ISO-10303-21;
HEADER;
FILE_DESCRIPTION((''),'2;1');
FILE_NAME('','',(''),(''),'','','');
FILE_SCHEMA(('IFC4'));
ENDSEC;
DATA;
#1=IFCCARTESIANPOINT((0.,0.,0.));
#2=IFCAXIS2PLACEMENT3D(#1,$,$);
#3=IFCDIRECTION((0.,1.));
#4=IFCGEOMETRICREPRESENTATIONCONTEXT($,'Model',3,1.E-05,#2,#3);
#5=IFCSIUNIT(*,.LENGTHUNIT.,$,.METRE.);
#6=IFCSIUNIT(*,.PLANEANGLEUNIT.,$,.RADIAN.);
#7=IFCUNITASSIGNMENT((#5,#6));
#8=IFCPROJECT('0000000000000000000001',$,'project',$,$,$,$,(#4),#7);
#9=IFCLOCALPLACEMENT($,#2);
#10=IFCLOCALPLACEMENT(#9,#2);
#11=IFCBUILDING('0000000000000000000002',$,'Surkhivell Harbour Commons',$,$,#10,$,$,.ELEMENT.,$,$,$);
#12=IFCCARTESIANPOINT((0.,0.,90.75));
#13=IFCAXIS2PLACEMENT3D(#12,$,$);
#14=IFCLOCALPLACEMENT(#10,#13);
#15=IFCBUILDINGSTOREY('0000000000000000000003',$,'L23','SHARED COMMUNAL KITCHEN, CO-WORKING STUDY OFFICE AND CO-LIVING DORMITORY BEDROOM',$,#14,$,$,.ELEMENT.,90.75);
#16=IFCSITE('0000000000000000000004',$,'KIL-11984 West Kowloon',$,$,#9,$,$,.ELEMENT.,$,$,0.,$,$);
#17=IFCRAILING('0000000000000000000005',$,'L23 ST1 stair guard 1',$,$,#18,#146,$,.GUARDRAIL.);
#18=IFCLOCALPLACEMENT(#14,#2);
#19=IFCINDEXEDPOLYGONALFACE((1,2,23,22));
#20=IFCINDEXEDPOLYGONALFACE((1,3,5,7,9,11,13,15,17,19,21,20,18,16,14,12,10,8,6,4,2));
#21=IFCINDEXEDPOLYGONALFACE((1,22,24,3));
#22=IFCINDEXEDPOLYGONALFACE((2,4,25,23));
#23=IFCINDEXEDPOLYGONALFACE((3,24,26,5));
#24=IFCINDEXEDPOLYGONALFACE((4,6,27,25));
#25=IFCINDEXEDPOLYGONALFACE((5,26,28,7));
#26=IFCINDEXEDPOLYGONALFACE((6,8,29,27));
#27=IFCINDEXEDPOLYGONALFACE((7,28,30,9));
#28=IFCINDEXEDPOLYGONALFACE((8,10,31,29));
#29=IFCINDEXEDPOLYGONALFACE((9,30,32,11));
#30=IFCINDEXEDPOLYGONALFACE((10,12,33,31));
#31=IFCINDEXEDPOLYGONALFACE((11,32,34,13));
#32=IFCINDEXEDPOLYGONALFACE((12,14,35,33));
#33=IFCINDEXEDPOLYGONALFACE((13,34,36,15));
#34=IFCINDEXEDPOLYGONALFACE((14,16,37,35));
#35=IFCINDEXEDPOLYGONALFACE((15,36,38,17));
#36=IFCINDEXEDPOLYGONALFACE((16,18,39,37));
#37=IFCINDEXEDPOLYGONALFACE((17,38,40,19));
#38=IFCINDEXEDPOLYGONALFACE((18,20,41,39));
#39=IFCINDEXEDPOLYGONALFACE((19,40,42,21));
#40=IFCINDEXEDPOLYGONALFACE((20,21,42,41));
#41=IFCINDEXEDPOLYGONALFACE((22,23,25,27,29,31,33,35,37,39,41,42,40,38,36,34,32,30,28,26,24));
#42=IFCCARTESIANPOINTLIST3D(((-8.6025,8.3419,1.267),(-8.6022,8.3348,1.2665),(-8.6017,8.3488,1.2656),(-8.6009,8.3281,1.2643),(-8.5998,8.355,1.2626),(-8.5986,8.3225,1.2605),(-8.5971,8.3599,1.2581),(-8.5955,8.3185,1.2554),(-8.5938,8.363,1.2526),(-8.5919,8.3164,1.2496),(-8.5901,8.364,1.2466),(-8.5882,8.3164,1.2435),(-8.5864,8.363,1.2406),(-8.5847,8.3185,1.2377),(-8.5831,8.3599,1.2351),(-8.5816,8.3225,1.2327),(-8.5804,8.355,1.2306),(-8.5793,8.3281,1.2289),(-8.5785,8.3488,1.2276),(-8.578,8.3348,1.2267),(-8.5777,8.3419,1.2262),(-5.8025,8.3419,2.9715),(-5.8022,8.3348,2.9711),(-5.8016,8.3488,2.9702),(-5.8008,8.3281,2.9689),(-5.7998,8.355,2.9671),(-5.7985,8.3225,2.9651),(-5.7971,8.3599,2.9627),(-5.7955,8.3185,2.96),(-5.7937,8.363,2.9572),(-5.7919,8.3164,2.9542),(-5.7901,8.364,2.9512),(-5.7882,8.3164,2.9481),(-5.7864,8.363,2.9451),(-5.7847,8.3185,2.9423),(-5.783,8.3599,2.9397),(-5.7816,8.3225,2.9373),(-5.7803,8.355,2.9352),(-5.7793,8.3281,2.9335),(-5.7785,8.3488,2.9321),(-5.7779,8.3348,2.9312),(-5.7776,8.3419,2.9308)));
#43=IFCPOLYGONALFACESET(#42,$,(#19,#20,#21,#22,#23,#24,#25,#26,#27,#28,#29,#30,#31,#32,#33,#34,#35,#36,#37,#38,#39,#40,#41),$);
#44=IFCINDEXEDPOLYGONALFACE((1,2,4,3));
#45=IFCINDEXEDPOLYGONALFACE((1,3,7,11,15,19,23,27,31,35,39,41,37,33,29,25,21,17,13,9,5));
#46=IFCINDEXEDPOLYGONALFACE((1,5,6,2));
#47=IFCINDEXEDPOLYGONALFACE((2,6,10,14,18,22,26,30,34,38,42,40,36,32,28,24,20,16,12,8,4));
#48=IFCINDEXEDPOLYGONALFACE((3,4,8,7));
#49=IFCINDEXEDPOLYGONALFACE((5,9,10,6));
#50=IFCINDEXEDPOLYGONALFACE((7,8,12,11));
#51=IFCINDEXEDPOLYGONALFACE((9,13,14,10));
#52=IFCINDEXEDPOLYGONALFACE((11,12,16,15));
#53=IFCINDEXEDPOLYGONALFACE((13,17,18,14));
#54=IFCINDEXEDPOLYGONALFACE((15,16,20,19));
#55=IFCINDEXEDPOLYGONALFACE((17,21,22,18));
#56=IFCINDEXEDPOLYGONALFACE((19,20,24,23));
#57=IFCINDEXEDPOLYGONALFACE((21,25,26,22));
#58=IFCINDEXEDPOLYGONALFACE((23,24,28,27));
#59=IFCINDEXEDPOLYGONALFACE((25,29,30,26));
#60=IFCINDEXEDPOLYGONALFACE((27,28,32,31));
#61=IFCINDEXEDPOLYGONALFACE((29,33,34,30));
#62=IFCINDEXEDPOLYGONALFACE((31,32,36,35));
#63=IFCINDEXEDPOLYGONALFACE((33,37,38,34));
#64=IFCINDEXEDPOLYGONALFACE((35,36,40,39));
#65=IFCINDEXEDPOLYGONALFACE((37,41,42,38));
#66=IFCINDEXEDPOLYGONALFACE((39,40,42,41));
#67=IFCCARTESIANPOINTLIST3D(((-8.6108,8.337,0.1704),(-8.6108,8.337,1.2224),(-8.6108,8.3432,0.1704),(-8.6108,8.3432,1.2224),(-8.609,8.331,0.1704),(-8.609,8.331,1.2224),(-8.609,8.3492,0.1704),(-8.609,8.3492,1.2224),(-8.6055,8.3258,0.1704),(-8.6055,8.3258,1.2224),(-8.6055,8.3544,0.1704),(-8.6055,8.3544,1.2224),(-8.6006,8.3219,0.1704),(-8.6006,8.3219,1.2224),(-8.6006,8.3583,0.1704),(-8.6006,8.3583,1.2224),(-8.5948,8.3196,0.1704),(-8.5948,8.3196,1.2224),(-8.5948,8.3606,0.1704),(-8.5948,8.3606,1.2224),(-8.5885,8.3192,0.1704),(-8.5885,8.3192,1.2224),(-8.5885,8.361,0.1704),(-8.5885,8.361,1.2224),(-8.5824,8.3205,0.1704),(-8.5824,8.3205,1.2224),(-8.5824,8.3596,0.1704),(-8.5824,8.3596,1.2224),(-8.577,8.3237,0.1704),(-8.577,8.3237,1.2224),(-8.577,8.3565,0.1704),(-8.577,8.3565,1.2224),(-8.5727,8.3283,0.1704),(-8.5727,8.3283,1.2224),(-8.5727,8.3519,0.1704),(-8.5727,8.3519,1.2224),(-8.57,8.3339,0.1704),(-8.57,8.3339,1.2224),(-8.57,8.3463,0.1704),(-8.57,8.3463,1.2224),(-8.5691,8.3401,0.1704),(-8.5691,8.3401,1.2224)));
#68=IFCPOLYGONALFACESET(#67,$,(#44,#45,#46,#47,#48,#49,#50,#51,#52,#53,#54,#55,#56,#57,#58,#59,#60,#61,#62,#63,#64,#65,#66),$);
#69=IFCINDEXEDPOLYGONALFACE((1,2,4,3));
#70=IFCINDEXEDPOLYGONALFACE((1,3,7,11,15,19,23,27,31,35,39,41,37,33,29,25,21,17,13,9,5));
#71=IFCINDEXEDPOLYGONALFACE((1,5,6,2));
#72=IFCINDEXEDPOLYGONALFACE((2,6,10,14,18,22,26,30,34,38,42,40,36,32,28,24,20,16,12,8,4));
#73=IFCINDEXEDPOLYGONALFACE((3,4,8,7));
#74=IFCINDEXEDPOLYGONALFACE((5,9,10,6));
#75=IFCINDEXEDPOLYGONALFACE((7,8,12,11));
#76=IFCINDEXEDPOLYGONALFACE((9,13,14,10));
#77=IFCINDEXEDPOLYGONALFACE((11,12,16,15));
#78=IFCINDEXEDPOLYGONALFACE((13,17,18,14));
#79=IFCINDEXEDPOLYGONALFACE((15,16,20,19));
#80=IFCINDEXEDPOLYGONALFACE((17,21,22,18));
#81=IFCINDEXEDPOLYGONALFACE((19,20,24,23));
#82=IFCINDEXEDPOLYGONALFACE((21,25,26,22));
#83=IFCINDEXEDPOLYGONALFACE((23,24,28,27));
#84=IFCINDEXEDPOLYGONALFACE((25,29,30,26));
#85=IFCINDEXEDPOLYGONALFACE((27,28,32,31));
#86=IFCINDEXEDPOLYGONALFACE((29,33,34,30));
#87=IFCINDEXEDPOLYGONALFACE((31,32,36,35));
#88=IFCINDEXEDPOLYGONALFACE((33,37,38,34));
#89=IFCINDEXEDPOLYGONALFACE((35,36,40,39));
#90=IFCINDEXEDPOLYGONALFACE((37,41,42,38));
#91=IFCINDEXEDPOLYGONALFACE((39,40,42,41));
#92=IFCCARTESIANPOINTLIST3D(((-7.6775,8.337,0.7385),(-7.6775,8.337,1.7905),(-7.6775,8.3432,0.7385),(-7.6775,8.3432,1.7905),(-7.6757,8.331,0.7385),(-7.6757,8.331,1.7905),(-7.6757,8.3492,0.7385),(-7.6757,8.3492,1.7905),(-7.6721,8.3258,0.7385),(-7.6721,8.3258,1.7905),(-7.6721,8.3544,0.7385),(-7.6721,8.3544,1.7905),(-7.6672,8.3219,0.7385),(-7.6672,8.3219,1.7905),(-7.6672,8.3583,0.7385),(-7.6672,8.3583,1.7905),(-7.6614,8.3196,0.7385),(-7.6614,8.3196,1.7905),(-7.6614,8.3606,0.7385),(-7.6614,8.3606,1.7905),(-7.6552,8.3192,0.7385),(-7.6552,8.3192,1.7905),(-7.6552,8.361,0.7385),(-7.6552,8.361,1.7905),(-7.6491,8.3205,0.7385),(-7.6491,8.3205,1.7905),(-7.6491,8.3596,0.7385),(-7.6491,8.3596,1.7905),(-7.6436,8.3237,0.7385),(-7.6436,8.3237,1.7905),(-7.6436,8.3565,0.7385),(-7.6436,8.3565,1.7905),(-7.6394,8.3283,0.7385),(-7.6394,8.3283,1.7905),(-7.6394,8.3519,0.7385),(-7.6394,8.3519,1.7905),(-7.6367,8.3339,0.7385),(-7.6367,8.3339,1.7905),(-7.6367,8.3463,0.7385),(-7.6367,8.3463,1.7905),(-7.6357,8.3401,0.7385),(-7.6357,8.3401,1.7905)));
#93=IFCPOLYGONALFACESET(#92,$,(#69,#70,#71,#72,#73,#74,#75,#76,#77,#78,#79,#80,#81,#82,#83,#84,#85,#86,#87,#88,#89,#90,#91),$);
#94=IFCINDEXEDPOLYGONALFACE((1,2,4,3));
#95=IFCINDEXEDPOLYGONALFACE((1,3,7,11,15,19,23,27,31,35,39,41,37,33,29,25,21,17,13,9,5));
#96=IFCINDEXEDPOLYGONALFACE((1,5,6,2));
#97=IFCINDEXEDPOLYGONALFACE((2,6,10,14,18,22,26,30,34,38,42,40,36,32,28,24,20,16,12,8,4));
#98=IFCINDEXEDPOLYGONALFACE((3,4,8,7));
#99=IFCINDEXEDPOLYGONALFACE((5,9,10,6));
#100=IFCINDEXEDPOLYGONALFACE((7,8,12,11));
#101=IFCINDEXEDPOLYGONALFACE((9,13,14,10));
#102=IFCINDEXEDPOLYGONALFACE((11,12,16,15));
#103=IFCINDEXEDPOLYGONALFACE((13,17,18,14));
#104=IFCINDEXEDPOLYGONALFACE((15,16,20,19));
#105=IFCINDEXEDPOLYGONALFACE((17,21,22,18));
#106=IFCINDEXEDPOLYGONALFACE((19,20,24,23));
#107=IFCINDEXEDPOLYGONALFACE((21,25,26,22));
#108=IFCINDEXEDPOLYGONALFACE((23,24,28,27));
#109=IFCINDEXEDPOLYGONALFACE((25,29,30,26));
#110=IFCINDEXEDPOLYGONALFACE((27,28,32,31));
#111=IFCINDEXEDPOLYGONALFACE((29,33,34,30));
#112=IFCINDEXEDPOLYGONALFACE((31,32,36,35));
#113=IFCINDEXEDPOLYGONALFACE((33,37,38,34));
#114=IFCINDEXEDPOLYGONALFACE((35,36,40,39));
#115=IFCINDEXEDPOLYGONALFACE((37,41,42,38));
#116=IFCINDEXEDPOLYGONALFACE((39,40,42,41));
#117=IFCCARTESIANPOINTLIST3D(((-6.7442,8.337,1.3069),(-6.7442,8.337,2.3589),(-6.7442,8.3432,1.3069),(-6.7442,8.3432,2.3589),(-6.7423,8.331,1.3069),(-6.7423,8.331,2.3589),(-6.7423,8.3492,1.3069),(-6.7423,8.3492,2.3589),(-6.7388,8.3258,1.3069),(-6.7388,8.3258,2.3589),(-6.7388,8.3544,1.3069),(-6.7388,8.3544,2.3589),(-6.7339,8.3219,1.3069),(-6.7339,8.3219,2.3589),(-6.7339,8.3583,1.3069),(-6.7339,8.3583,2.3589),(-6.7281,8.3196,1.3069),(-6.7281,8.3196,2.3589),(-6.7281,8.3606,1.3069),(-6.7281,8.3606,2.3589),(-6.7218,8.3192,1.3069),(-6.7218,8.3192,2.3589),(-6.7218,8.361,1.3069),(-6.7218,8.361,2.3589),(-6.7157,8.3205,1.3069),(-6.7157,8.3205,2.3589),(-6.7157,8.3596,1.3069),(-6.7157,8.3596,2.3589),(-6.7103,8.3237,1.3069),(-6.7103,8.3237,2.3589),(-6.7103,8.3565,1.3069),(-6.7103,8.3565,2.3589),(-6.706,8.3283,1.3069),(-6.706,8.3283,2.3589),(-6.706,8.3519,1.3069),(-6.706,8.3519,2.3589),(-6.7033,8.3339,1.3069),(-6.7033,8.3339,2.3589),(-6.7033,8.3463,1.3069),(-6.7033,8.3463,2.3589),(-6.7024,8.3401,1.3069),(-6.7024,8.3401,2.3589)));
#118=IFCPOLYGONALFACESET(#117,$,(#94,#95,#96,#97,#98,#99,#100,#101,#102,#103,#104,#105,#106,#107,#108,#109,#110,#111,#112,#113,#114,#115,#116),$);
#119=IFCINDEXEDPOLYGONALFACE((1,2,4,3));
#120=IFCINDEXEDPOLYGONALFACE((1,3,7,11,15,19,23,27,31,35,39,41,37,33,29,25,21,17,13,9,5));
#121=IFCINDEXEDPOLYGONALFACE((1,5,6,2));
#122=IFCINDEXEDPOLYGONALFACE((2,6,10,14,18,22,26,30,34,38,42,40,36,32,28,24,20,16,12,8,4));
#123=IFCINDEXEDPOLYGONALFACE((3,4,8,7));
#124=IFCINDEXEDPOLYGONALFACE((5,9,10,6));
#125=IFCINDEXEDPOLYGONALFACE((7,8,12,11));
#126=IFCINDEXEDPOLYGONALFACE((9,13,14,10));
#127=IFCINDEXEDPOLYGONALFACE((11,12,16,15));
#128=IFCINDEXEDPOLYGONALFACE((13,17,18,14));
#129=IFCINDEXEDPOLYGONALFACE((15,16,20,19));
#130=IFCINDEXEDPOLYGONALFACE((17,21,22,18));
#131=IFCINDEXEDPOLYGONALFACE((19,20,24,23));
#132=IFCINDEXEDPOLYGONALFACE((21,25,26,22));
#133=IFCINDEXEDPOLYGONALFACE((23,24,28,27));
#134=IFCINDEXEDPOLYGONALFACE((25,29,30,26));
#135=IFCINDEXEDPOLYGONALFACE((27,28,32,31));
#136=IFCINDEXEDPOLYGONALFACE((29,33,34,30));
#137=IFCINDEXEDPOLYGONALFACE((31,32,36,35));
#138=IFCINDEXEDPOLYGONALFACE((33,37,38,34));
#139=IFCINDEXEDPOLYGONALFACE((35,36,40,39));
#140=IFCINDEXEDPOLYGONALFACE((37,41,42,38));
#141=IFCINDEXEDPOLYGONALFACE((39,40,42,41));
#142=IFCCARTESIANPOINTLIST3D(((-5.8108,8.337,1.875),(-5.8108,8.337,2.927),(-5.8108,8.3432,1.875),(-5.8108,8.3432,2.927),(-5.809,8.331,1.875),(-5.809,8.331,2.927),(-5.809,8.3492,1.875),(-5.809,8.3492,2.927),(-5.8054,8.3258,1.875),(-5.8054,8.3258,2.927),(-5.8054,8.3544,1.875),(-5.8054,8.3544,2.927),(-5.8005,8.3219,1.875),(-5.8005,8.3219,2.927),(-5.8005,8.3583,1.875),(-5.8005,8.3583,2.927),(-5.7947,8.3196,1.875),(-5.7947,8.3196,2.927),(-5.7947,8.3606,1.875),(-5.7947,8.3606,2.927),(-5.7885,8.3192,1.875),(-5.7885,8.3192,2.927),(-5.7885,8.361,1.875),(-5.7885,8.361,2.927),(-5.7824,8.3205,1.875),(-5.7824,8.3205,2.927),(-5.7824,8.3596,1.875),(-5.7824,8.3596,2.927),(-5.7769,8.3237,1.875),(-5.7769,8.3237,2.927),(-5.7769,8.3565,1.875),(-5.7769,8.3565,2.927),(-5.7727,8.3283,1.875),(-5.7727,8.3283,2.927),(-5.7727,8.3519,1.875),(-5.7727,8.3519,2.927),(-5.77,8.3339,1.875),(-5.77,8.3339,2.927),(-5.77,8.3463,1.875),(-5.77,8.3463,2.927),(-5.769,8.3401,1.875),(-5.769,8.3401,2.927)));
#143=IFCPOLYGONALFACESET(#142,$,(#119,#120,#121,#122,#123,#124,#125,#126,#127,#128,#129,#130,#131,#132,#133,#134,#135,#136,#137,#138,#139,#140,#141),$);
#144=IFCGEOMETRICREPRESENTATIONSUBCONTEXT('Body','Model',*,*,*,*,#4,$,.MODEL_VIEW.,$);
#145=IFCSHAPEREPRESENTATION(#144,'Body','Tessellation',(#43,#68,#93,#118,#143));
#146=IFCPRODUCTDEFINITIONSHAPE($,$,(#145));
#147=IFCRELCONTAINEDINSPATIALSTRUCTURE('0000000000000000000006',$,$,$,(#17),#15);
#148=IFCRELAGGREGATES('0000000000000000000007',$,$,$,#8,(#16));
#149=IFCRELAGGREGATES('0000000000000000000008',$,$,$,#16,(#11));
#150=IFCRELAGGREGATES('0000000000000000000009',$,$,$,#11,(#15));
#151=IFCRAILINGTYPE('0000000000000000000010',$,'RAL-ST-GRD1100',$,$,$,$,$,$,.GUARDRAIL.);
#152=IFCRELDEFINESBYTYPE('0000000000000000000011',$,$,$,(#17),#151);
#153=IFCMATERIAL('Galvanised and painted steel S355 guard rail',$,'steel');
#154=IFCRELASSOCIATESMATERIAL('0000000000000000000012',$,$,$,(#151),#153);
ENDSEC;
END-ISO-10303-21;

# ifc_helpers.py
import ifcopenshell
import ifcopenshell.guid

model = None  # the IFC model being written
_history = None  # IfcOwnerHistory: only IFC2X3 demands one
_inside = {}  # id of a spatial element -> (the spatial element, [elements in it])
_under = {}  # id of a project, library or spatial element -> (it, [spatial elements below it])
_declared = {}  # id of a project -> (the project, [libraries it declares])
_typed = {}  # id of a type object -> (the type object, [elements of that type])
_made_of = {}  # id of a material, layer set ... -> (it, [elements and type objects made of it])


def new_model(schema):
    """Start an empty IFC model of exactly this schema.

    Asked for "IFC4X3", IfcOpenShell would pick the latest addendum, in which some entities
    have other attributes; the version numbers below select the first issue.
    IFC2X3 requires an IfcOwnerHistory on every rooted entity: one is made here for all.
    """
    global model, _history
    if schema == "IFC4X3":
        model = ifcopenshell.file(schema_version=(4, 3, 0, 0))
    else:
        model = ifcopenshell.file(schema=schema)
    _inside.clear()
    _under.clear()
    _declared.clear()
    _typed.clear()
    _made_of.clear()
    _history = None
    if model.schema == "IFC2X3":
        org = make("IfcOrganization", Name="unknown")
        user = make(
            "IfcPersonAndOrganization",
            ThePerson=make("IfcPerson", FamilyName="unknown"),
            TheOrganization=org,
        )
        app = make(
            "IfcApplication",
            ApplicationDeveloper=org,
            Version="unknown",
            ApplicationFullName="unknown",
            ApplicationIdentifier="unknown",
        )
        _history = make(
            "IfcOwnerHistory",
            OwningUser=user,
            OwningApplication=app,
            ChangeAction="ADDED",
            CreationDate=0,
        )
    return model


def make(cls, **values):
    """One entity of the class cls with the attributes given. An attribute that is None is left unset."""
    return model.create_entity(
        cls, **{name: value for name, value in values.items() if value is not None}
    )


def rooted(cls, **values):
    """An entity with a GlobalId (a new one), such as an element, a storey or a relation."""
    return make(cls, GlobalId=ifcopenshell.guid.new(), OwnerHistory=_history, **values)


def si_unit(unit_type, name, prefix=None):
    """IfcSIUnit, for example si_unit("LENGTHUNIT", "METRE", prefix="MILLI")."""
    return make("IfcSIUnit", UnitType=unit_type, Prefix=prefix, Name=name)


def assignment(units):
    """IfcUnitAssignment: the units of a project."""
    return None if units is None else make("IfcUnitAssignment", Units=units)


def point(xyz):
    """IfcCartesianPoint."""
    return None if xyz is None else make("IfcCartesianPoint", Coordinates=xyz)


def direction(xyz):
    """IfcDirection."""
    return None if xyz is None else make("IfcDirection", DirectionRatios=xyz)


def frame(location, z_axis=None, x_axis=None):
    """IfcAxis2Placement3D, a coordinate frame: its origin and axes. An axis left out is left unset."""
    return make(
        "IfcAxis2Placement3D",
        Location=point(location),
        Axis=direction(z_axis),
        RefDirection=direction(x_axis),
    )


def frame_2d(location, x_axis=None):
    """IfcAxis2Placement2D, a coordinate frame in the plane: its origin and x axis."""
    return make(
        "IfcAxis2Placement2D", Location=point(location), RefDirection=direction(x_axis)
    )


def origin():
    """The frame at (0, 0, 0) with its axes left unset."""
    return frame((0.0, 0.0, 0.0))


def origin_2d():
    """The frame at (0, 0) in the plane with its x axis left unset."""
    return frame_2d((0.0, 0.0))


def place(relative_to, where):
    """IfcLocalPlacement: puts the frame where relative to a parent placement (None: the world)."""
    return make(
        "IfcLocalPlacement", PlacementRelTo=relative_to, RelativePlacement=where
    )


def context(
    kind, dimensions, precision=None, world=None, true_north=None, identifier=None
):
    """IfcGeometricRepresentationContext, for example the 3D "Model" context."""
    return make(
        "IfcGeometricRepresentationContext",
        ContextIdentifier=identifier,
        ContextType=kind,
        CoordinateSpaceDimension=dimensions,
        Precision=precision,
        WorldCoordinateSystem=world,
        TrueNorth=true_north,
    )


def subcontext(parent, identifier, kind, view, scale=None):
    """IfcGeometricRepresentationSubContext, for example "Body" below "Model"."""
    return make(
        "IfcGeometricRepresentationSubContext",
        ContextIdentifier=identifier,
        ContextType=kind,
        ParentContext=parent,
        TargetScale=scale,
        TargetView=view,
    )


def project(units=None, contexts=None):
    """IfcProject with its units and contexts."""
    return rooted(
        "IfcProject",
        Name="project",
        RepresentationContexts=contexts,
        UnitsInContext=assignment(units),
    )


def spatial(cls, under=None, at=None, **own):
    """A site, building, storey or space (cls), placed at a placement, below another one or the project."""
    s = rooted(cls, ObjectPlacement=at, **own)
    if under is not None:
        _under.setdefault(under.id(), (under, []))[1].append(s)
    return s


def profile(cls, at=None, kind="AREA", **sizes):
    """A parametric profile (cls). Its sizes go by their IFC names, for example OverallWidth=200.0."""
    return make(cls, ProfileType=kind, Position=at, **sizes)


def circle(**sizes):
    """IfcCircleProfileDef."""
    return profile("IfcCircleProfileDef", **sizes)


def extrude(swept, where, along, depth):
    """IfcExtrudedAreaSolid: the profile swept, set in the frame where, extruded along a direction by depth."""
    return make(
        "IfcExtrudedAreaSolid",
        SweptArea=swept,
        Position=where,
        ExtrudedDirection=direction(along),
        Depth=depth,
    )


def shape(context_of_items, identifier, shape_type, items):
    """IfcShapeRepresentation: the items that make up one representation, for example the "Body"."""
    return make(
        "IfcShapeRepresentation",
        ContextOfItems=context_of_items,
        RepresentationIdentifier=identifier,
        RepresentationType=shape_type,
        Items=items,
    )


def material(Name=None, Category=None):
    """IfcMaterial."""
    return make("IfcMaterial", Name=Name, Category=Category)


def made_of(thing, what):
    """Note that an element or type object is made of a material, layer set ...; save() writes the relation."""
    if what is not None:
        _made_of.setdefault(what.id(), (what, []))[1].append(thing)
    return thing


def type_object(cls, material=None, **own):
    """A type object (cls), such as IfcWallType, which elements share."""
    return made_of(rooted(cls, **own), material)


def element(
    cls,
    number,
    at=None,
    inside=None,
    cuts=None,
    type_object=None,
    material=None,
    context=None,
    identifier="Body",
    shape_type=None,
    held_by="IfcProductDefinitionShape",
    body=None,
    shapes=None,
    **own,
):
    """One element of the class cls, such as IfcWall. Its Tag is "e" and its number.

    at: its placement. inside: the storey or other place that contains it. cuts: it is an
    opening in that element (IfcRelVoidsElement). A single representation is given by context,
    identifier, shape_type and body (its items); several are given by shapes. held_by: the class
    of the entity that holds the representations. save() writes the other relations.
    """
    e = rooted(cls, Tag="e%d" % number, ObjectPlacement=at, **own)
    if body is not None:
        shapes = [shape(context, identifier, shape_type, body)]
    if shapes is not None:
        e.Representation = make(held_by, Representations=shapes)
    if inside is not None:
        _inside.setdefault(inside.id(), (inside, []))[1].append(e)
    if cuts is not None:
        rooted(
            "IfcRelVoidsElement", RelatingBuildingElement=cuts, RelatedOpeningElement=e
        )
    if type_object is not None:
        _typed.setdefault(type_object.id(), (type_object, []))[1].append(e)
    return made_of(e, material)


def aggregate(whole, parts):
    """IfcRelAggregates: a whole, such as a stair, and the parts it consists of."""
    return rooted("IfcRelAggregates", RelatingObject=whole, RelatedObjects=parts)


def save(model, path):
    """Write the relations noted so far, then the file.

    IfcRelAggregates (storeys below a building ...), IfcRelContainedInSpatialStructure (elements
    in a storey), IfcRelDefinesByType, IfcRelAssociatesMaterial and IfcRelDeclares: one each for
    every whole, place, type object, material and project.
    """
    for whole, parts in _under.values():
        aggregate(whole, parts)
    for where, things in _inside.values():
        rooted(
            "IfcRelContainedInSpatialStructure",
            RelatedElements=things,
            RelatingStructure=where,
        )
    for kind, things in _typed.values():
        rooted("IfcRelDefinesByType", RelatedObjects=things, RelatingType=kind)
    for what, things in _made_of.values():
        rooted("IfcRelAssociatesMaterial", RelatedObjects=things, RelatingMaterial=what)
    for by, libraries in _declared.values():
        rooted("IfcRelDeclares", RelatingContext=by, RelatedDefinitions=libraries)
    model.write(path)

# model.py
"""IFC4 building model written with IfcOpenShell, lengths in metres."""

from ifc_helpers import new_model, si_unit, direction, frame, origin, origin_2d, place, context, subcontext, project, spatial, circle, extrude, material, type_object, element, save


model = new_model("IFC4")

# Units and contexts
model_context = context("Model", 3, precision=1e-05, world=origin(), true_north=direction((0.0, 1.0)))
body_context = subcontext(model_context, "Body", "Model", "MODEL_VIEW")
ifc_project = project(units=[si_unit("LENGTHUNIT", "METRE"), si_unit("PLANEANGLEUNIT", "RADIAN")], contexts=[model_context])

# Site, building, storey
site_placement = place(None, origin())
site = spatial("IfcSite", under=ifc_project, at=site_placement, Name="KIL-11984 West Kowloon", CompositionType="ELEMENT", RefElevation=0.0)
building_placement = place(site_placement, origin())
building = spatial("IfcBuilding", under=site, at=building_placement, Name="Surkhivell Harbour Commons", CompositionType="ELEMENT")
storey_placement = place(building_placement, frame((0.0, 0.0, 90.75)))
storey = spatial("IfcBuildingStorey", under=building, at=storey_placement, Name="L23", Description="SHARED COMMUNAL KITCHEN, CO-WORKING STUDY OFFICE AND CO-LIVING DORMITORY BEDROOM", CompositionType="ELEMENT", Elevation=90.75)

# Railing
ifc_material_1 = material(Name="Galvanised and painted steel S355 guard rail", Category="steel")
railing_type_1 = type_object("IfcRailingType", Name="RAL-ST-GRD1100", PredefinedType="GUARDRAIL", material=ifc_material_1)
railing_1_placement = place(storey_placement, frame((-8.5901, 8.3401, 0.1704)))
element("IfcRailing", 1, at=railing_1_placement, inside=storey, type_object=railing_type_1, Name="L23 ST1 stair guard 1", PredefinedType="GUARDRAIL", context=body_context, shape_type="SweptSolid", body=[
    extrude(circle(Radius=0.0239, at=origin_2d()), frame((0.0, 0.0, 1.0762), z_axis=(0.85417, 0.0, 0.519994), x_axis=(0.0, 1.0, 0.0)), (0.0, 0.0, 1.0), 3.2781),
    extrude(circle(Radius=0.021, at=origin_2d()), origin(), (0.0, 0.0, 1.0), 1.052),
    extrude(circle(Radius=0.021, at=origin_2d()), frame((0.9333, 0.0, 0.5681)), (0.0, 0.0, 1.0), 1.052),
    extrude(circle(Radius=0.021, at=origin_2d()), frame((1.8667, 0.0, 1.1365)), (0.0, 0.0, 1.0), 1.052),
    extrude(circle(Radius=0.021, at=origin_2d()), frame((2.8, 0.0, 1.7046)), (0.0, 0.0, 1.0), 1.052),
])

save(model, "model.ifc")
